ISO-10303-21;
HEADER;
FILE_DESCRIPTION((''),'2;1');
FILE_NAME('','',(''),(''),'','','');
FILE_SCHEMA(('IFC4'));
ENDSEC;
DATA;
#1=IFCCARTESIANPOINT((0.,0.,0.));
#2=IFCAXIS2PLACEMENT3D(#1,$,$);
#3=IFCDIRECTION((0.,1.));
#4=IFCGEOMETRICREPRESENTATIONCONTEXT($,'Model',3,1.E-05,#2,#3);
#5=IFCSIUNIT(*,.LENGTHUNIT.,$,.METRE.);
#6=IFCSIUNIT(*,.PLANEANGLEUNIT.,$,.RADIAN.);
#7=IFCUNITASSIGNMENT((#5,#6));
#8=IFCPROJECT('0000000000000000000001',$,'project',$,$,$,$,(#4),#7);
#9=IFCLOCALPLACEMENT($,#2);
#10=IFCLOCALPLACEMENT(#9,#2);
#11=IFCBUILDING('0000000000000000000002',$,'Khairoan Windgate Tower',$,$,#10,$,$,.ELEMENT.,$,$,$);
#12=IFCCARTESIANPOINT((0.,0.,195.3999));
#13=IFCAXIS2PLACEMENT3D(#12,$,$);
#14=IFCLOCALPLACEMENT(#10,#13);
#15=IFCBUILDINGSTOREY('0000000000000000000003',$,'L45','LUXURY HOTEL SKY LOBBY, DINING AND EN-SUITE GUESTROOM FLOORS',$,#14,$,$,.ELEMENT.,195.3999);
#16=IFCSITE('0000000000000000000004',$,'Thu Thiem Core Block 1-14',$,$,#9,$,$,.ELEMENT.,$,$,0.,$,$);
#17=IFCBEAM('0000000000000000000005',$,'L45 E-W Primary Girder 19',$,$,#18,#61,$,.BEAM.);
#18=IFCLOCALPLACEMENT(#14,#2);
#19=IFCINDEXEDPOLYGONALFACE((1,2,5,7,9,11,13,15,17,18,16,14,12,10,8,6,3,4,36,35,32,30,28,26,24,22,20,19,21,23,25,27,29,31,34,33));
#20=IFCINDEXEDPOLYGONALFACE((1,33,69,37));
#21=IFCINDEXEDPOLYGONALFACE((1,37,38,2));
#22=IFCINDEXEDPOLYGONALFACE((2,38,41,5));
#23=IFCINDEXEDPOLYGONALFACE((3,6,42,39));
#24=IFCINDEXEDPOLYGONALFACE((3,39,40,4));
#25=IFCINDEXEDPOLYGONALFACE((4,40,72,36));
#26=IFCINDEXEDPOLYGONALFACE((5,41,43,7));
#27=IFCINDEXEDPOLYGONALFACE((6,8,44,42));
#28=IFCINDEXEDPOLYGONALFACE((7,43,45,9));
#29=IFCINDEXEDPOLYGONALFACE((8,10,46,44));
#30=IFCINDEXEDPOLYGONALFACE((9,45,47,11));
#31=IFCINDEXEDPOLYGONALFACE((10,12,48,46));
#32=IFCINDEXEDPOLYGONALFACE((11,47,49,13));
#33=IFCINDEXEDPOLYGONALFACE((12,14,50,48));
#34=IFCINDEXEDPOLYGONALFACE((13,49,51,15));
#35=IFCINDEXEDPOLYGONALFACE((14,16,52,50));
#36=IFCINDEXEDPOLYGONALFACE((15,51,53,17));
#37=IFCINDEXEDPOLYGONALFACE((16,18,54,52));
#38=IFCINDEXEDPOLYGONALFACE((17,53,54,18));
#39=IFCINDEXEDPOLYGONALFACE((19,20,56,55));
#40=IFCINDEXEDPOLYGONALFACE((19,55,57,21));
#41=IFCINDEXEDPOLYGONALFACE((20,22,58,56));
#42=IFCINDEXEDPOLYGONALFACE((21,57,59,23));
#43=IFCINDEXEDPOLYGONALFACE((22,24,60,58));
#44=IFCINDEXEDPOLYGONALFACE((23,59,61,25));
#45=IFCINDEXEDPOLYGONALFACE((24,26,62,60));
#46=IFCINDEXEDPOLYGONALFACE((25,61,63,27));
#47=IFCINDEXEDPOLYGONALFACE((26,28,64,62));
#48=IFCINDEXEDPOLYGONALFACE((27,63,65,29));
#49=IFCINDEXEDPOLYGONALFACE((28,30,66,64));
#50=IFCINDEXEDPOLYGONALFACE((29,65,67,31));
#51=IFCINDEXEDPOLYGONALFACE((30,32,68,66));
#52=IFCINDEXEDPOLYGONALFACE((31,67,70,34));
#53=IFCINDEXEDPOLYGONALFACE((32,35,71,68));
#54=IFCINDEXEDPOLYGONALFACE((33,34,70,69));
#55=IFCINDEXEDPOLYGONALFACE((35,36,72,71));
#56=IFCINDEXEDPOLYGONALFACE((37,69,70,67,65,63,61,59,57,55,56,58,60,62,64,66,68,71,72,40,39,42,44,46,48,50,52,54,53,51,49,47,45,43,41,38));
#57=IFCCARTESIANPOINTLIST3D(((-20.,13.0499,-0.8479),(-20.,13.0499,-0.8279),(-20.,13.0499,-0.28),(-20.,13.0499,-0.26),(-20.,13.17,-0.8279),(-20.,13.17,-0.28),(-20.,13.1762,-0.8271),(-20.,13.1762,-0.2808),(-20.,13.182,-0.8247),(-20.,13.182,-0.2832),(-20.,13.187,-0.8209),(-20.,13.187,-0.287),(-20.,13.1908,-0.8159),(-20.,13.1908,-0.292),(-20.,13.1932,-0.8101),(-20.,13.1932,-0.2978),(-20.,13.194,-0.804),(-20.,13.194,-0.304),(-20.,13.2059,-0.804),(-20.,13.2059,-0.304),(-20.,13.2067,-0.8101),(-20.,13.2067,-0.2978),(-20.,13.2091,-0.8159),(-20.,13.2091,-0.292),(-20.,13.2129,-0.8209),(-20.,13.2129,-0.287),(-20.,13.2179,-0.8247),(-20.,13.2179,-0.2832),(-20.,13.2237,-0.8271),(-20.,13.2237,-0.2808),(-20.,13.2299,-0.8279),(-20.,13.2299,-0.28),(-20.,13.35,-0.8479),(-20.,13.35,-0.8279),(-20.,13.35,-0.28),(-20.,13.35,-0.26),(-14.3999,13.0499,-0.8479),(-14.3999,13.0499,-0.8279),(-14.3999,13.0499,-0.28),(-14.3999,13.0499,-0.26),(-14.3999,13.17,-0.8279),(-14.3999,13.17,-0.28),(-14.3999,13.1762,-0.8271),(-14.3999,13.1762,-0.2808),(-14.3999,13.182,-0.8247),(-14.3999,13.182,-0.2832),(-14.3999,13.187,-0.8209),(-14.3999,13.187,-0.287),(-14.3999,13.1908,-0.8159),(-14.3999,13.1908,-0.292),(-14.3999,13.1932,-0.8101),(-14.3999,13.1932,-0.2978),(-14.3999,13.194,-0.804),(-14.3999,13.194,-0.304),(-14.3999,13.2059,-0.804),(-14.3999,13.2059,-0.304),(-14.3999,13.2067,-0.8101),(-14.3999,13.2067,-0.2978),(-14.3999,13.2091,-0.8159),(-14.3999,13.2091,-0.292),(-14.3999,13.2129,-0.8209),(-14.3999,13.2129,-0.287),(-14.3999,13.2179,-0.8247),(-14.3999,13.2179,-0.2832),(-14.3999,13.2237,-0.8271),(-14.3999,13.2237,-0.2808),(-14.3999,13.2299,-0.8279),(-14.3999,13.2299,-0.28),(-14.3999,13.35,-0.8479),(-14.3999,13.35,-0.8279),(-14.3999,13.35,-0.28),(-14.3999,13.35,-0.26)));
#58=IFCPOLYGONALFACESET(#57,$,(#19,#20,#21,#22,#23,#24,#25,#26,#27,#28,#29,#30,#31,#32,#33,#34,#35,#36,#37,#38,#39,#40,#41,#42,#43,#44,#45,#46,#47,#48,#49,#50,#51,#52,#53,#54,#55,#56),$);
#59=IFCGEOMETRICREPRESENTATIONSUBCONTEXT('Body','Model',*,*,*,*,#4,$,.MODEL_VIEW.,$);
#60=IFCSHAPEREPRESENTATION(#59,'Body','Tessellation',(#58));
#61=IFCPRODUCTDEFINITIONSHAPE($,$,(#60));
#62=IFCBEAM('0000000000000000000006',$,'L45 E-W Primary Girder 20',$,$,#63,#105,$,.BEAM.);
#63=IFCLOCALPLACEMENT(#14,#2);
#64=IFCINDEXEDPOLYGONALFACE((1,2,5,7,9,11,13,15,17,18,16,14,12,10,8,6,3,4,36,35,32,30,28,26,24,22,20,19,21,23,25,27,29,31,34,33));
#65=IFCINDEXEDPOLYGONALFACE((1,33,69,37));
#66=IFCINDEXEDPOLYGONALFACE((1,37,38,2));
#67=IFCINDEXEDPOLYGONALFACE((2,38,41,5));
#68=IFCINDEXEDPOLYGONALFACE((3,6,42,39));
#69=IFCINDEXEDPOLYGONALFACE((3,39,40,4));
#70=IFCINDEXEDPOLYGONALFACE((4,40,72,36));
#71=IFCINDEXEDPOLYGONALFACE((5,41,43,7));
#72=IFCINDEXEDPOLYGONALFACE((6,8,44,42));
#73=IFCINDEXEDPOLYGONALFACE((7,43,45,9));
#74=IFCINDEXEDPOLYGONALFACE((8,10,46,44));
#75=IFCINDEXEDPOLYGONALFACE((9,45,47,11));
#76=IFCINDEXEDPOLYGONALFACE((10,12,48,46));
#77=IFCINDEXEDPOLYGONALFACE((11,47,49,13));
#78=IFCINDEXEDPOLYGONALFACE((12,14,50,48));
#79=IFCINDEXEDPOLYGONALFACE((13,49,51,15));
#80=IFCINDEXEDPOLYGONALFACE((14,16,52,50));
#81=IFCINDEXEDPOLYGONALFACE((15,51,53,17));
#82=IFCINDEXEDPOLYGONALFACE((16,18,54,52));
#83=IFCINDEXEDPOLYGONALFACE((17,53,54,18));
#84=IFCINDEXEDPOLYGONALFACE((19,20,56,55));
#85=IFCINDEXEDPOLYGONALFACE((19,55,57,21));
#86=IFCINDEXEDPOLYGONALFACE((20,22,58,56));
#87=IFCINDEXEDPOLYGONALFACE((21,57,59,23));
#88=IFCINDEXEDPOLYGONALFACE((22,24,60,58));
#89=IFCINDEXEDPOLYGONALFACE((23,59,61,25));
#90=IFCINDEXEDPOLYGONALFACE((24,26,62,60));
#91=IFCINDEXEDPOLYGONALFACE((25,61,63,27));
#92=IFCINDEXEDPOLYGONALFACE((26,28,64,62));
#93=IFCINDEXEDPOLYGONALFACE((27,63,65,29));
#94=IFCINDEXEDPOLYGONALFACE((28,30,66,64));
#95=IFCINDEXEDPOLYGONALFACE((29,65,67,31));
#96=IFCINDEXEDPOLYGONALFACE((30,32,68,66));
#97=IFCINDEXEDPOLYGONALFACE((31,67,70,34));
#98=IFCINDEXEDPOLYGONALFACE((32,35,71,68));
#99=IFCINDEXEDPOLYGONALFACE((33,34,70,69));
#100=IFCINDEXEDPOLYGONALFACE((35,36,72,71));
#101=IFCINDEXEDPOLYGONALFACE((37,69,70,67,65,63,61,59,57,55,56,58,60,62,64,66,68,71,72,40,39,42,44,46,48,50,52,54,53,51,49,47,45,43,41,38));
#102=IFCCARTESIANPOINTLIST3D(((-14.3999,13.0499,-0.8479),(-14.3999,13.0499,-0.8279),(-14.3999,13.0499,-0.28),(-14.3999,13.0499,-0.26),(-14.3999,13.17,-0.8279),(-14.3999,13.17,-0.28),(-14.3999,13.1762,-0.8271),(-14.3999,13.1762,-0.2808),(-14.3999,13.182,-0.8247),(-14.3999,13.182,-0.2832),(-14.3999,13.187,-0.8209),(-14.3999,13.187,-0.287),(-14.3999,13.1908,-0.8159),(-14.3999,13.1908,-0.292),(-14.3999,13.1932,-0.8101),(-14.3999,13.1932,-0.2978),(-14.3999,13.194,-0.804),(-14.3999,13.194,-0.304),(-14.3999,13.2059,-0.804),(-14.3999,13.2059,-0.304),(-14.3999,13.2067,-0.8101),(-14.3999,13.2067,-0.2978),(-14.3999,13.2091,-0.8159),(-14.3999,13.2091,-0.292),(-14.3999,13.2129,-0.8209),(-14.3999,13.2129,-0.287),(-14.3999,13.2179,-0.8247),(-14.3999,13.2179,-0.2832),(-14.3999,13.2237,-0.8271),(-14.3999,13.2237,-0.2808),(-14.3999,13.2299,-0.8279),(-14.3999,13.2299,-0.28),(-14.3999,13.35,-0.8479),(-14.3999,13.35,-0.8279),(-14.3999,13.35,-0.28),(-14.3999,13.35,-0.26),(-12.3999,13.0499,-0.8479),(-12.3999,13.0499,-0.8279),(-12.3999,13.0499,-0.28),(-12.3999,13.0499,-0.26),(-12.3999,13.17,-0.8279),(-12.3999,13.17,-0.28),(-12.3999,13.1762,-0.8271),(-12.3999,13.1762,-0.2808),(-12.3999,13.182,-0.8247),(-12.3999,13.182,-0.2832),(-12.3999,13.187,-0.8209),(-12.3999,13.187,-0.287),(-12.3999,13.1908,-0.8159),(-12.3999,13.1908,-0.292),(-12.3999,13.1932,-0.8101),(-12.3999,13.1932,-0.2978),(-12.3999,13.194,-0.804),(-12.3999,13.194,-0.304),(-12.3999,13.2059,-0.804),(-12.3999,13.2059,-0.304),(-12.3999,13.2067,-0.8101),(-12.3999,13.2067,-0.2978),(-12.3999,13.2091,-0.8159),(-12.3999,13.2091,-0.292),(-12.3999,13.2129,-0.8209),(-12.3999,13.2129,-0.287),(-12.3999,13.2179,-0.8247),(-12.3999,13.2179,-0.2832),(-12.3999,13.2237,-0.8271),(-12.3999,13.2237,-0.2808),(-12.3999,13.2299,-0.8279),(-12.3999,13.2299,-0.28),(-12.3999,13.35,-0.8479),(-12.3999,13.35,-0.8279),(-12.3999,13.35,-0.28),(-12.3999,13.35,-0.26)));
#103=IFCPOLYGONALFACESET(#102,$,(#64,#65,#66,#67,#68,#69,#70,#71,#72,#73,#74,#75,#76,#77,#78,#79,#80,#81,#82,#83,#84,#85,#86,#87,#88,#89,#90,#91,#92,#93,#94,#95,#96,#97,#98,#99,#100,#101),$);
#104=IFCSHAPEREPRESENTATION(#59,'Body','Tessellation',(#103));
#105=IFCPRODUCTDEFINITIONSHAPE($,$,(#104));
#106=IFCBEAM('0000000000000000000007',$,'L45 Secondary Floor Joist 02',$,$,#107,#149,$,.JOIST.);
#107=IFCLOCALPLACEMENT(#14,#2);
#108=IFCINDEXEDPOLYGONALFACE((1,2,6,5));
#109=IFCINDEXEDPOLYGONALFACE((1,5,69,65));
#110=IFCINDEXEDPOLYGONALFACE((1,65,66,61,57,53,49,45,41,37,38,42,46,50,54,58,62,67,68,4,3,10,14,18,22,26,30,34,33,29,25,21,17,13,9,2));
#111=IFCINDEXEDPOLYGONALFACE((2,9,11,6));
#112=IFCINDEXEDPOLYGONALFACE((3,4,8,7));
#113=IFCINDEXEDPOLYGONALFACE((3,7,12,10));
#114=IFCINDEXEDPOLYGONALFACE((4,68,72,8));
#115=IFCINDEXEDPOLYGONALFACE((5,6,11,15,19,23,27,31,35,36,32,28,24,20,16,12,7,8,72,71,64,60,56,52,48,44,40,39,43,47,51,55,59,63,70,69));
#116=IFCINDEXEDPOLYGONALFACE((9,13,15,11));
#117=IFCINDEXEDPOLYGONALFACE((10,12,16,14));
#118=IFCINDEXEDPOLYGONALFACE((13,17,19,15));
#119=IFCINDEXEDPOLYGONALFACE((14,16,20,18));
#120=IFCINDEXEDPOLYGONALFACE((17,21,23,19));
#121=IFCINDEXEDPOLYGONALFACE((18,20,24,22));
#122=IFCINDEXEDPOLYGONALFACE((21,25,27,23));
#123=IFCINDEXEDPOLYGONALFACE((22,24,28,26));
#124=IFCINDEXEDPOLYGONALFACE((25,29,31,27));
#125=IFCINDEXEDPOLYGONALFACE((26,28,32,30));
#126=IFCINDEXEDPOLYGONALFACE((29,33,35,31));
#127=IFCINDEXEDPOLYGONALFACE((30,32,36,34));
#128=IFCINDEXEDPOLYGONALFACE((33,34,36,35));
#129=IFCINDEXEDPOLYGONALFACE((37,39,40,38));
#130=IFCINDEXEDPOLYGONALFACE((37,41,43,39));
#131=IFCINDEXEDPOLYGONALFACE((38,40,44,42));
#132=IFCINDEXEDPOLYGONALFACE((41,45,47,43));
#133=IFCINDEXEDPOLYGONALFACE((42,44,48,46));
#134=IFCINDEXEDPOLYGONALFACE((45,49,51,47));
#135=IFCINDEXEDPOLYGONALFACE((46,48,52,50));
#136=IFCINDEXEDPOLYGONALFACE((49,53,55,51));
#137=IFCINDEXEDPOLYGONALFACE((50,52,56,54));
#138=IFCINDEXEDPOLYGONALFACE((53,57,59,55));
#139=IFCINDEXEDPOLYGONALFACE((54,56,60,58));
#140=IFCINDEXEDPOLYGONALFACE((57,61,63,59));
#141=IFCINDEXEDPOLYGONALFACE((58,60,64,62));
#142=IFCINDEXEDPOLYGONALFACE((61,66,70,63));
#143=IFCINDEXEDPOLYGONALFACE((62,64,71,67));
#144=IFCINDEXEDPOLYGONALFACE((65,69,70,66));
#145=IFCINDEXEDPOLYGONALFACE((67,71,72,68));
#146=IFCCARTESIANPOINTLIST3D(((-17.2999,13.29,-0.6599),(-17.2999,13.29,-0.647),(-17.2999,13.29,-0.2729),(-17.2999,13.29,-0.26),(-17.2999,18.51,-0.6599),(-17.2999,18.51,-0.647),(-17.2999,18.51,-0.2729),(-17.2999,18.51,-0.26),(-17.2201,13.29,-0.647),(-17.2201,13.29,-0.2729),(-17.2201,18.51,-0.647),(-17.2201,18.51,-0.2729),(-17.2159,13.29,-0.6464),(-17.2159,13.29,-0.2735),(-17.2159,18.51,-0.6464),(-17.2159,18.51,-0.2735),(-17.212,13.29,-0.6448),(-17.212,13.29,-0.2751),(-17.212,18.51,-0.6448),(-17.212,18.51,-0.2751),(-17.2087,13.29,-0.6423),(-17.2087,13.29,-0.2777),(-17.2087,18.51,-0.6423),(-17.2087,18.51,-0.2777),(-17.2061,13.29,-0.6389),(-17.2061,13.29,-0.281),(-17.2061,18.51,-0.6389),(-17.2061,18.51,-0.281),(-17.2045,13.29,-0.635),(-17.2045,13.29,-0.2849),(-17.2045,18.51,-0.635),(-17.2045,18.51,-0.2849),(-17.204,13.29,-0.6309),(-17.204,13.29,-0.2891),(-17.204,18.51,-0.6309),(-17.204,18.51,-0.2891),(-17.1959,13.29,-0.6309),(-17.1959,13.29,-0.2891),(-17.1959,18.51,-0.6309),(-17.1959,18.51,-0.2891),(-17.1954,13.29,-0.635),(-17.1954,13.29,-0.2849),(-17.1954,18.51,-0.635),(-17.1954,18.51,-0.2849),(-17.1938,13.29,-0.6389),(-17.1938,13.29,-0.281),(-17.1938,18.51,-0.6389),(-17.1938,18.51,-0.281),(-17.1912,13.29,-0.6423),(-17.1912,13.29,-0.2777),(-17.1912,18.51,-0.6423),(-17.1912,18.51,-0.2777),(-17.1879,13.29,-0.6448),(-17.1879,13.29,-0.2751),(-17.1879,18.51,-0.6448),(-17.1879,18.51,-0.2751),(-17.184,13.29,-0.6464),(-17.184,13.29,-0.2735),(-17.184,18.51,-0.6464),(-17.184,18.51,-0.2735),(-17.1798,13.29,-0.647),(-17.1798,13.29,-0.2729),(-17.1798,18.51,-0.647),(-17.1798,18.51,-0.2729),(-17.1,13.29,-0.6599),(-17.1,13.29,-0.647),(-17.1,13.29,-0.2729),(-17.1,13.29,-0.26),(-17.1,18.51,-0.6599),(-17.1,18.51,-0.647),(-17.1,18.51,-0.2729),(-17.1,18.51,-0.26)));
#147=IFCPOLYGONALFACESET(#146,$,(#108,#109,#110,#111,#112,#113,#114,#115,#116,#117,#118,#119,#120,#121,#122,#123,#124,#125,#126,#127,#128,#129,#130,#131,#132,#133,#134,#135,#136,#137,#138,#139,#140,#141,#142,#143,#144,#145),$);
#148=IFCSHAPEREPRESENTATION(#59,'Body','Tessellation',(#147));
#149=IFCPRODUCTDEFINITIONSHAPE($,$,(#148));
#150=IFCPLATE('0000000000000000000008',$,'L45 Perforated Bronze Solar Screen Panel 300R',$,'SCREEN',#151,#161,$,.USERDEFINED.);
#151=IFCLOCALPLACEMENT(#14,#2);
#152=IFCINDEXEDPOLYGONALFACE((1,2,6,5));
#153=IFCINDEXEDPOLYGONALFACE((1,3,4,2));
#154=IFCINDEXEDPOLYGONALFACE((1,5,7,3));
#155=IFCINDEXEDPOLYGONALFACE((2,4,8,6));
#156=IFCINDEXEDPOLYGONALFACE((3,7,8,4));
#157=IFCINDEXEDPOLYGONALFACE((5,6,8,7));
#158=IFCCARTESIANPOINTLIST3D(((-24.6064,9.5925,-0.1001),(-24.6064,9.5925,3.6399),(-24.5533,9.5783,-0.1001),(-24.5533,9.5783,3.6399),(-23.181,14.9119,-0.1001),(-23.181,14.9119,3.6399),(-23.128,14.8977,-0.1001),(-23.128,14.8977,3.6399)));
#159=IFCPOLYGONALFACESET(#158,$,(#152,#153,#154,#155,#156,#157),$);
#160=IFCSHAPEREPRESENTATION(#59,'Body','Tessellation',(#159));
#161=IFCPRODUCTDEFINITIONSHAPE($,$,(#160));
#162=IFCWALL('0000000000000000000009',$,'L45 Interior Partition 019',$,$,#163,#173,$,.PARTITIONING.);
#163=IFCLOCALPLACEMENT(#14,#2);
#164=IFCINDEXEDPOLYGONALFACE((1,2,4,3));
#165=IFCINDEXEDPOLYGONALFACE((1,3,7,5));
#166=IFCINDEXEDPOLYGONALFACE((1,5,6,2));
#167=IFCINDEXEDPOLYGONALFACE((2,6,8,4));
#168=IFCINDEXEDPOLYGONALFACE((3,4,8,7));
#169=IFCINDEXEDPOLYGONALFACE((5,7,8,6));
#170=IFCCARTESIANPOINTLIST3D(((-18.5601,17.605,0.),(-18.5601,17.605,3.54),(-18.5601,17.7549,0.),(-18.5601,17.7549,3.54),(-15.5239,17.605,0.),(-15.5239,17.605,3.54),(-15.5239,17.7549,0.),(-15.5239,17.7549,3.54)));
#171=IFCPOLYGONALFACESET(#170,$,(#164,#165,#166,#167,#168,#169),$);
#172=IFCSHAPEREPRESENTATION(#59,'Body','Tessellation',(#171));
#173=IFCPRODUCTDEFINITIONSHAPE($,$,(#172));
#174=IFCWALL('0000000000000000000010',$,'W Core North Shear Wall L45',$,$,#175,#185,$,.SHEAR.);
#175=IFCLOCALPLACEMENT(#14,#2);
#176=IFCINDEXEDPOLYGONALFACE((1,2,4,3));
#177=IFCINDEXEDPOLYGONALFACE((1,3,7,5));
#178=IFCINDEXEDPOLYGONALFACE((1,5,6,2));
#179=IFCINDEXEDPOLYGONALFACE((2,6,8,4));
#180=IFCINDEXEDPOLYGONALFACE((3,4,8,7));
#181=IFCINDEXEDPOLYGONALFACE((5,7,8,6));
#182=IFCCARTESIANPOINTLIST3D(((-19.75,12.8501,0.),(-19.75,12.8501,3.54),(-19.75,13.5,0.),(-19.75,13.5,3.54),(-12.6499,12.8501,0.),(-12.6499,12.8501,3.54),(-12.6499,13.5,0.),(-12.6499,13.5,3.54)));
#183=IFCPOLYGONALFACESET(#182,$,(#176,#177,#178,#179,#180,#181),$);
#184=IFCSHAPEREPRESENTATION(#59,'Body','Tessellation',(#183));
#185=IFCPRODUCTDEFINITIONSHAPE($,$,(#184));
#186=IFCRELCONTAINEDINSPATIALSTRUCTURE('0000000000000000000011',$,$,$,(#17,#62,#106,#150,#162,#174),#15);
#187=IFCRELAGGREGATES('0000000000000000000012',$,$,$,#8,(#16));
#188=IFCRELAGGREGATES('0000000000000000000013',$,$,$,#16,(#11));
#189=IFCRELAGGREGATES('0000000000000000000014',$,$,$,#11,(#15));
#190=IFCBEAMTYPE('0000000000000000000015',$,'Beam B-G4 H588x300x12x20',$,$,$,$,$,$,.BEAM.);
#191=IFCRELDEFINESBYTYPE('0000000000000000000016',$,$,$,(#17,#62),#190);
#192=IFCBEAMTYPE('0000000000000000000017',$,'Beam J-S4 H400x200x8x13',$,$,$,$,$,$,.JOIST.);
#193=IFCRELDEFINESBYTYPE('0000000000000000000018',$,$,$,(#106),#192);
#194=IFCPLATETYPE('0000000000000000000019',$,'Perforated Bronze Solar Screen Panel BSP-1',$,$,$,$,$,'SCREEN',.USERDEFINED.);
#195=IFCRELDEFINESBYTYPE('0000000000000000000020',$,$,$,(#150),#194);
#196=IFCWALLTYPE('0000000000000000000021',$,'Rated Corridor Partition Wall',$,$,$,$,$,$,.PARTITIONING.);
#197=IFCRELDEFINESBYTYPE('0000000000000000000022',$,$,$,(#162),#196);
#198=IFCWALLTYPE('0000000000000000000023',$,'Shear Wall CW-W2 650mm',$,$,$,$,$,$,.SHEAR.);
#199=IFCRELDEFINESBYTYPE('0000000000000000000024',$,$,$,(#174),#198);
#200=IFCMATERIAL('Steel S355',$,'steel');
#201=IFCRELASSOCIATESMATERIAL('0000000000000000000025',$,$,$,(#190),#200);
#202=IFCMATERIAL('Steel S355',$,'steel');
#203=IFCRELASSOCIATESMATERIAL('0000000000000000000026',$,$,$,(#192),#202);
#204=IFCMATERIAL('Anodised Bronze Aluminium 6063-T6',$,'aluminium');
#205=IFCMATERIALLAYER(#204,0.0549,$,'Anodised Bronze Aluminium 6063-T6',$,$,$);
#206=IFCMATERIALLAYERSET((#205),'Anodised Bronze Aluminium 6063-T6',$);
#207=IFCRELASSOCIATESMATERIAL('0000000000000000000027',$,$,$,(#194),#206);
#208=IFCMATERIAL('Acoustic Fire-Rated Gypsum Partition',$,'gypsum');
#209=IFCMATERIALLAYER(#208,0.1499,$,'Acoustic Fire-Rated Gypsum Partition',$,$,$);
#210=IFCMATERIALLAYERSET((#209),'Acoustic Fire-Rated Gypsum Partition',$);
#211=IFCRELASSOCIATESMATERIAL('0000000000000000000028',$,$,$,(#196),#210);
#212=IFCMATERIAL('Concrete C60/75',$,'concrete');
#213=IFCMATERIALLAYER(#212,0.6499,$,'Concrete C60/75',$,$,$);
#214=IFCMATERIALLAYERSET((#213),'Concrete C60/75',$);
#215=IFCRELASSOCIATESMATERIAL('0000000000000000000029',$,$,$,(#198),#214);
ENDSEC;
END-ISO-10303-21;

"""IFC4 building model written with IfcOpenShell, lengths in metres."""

from ifc_helpers import new_model, si_unit, direction, frame, frame_2d, origin, origin_2d, place, context, subcontext, project, spatial, rectangle, i_section, extrude, material, layer, layer_set, material_profile, profile_set, type_object, element, save


model = new_model("IFC4")

# Units and contexts
model_context = context("Model", 3, precision=1e-05, world=origin(), true_north=direction((0.0, 1.0)))
body_context = subcontext(model_context, "Body", "Model", "MODEL_VIEW")
ifc_project = project(units=[si_unit("LENGTHUNIT", "METRE"), si_unit("PLANEANGLEUNIT", "RADIAN")], contexts=[model_context])

# Site, building, storey
site_placement = place(None, origin())
site = spatial("IfcSite", under=ifc_project, at=site_placement, Name="Thu Thiem Core Block 1-14", CompositionType="ELEMENT", RefElevation=0.0)
building_placement = place(site_placement, origin())
building = spatial("IfcBuilding", under=site, at=building_placement, Name="Khairoan Windgate Tower", CompositionType="ELEMENT")
storey_placement = place(building_placement, frame((0.0, 0.0, 195.3999)))
storey = spatial("IfcBuildingStorey", under=building, at=storey_placement, Name="L45", Description="LUXURY HOTEL SKY LOBBY, DINING AND EN-SUITE GUESTROOM FLOORS", CompositionType="ELEMENT", Elevation=195.3999)

# Beams
ifc_material_1 = material(Name="Steel S355", Category="steel")
ifc_material_profile_1 = material_profile(ifc_material_1, i_section(OverallWidth=0.3, OverallDepth=0.5879, WebThickness=0.012, FlangeThickness=0.02, FilletRadius=0.0239, at=origin_2d()))
ifc_profile_set_1 = profile_set([ifc_material_profile_1], Name="Steel S355")
beam_type_1 = type_object("IfcBeamType", Name="Beam B-G4 H588x300x12x20", PredefinedType="BEAM", material=ifc_profile_set_1)
beam_1_placement = place(storey_placement, frame((-20.0, 13.2, -0.554), z_axis=(1.0, 0.0, 0.0), x_axis=(0.0, 1.0, 0.0)))
element("IfcBeam", 1, at=beam_1_placement, inside=storey, type_object=beam_type_1, Name="L45 E-W Primary Girder 19", PredefinedType="BEAM", context=body_context, shape_type="SweptSolid", body=[
    extrude(i_section(OverallWidth=0.3, OverallDepth=0.5879, WebThickness=0.012, FlangeThickness=0.02, FilletRadius=0.0239, at=origin_2d()), origin(), (0.0, 0.0, 1.0), 5.6001),
])
beam_2_placement = place(storey_placement, frame((-14.3999, 13.2, -0.554), z_axis=(1.0, 0.0, 0.0), x_axis=(0.0, 1.0, 0.0)))
element("IfcBeam", 2, at=beam_2_placement, inside=storey, type_object=beam_type_1, Name="L45 E-W Primary Girder 20", PredefinedType="BEAM", context=body_context, shape_type="SweptSolid", body=[
    extrude(i_section(OverallWidth=0.3, OverallDepth=0.5879, WebThickness=0.012, FlangeThickness=0.02, FilletRadius=0.0239, at=origin_2d()), origin(), (0.0, 0.0, 1.0), 2.0),
])
ifc_material_2 = material(Name="Steel S355", Category="steel")
ifc_material_profile_2 = material_profile(ifc_material_2, i_section(OverallWidth=0.2, OverallDepth=0.3999, WebThickness=0.0081, FlangeThickness=0.0129, FilletRadius=0.0161, at=origin_2d()))
ifc_profile_set_2 = profile_set([ifc_material_profile_2], Name="Steel S355")
beam_type_2 = type_object("IfcBeamType", Name="Beam J-S4 H400x200x8x13", PredefinedType="JOIST", material=ifc_profile_set_2)
beam_3_placement = place(storey_placement, frame((-17.2, 13.29, -0.46), z_axis=(0.0, 1.0, 0.0), x_axis=(-1.0, 0.0, 0.0)))
element("IfcBeam", 3, at=beam_3_placement, inside=storey, type_object=beam_type_2, Name="L45 Secondary Floor Joist 02", PredefinedType="JOIST", context=body_context, shape_type="SweptSolid", body=[
    extrude(i_section(OverallWidth=0.2, OverallDepth=0.3999, WebThickness=0.0081, FlangeThickness=0.0129, FilletRadius=0.0161, at=origin_2d()), origin(), (0.0, 0.0, 1.0), 5.22),
])

# Plate
ifc_material_3 = material(Name="Anodised Bronze Aluminium 6063-T6", Category="aluminium")
ifc_layer_1 = layer(ifc_material_3, 0.0549, Name="Anodised Bronze Aluminium 6063-T6")
ifc_layer_set_1 = layer_set([ifc_layer_1], Name="Anodised Bronze Aluminium 6063-T6")
plate_type = type_object("IfcPlateType", Name="Perforated Bronze Solar Screen Panel BSP-1", ElementType="SCREEN", PredefinedType="USERDEFINED", material=ifc_layer_set_1)
plate_placement = place(storey_placement, frame((-23.8672, 12.2451, -0.1001), z_axis=(0.0, 0.0, 1.0), x_axis=(0.258819, 0.965926, 0.0)))
element("IfcPlate", 4, at=plate_placement, inside=storey, type_object=plate_type, Name="L45 Perforated Bronze Solar Screen Panel 300R", ObjectType="SCREEN", PredefinedType="USERDEFINED", context=body_context, shape_type="SweptSolid", body=[
    extrude(rectangle(XDim=5.5071, YDim=0.0549, at=origin_2d()), origin(), (0.0, 0.0, 1.0), 3.74),
])

# Wall
ifc_material_4 = material(Name="Acoustic Fire-Rated Gypsum Partition", Category="gypsum")
ifc_layer_2 = layer(ifc_material_4, 0.1499, Name="Acoustic Fire-Rated Gypsum Partition")
ifc_layer_set_2 = layer_set([ifc_layer_2], Name="Acoustic Fire-Rated Gypsum Partition")
wall_type_1 = type_object("IfcWallType", Name="Rated Corridor Partition Wall", PredefinedType="PARTITIONING", material=ifc_layer_set_2)
wall_1_placement = place(storey_placement, frame((-18.5601, 17.6799, 0.0), z_axis=(0.0, 0.0, 1.0), x_axis=(1.0, 0.0, 0.0)))
element("IfcWall", 5, at=wall_1_placement, inside=storey, type_object=wall_type_1, Name="L45 Interior Partition 019", PredefinedType="PARTITIONING", context=body_context, shape_type="SweptSolid", body=[
    extrude(rectangle(XDim=3.0361, YDim=0.1499, at=frame_2d((1.5181, 0.0))), origin(), (0.0, 0.0, 1.0), 3.54),
])

# Wall
ifc_material_5 = material(Name="Concrete C60/75", Category="concrete")
ifc_layer_3 = layer(ifc_material_5, 0.6499, Name="Concrete C60/75")
ifc_layer_set_3 = layer_set([ifc_layer_3], Name="Concrete C60/75")
wall_type_2 = type_object("IfcWallType", Name="Shear Wall CW-W2 650mm", PredefinedType="SHEAR", material=ifc_layer_set_3)
wall_2_placement = place(storey_placement, frame((-19.75, 13.175, 0.0), z_axis=(0.0, 0.0, 1.0), x_axis=(1.0, 0.0, 0.0)))
element("IfcWall", 6, at=wall_2_placement, inside=storey, type_object=wall_type_2, Name="W Core North Shear Wall L45", PredefinedType="SHEAR", context=body_context, shape_type="SweptSolid", body=[
    extrude(rectangle(XDim=7.1001, YDim=0.6499, at=frame_2d((3.55, 0.0))), origin(), (0.0, 0.0, 1.0), 3.54),
])

save(model, "model.ifc")
